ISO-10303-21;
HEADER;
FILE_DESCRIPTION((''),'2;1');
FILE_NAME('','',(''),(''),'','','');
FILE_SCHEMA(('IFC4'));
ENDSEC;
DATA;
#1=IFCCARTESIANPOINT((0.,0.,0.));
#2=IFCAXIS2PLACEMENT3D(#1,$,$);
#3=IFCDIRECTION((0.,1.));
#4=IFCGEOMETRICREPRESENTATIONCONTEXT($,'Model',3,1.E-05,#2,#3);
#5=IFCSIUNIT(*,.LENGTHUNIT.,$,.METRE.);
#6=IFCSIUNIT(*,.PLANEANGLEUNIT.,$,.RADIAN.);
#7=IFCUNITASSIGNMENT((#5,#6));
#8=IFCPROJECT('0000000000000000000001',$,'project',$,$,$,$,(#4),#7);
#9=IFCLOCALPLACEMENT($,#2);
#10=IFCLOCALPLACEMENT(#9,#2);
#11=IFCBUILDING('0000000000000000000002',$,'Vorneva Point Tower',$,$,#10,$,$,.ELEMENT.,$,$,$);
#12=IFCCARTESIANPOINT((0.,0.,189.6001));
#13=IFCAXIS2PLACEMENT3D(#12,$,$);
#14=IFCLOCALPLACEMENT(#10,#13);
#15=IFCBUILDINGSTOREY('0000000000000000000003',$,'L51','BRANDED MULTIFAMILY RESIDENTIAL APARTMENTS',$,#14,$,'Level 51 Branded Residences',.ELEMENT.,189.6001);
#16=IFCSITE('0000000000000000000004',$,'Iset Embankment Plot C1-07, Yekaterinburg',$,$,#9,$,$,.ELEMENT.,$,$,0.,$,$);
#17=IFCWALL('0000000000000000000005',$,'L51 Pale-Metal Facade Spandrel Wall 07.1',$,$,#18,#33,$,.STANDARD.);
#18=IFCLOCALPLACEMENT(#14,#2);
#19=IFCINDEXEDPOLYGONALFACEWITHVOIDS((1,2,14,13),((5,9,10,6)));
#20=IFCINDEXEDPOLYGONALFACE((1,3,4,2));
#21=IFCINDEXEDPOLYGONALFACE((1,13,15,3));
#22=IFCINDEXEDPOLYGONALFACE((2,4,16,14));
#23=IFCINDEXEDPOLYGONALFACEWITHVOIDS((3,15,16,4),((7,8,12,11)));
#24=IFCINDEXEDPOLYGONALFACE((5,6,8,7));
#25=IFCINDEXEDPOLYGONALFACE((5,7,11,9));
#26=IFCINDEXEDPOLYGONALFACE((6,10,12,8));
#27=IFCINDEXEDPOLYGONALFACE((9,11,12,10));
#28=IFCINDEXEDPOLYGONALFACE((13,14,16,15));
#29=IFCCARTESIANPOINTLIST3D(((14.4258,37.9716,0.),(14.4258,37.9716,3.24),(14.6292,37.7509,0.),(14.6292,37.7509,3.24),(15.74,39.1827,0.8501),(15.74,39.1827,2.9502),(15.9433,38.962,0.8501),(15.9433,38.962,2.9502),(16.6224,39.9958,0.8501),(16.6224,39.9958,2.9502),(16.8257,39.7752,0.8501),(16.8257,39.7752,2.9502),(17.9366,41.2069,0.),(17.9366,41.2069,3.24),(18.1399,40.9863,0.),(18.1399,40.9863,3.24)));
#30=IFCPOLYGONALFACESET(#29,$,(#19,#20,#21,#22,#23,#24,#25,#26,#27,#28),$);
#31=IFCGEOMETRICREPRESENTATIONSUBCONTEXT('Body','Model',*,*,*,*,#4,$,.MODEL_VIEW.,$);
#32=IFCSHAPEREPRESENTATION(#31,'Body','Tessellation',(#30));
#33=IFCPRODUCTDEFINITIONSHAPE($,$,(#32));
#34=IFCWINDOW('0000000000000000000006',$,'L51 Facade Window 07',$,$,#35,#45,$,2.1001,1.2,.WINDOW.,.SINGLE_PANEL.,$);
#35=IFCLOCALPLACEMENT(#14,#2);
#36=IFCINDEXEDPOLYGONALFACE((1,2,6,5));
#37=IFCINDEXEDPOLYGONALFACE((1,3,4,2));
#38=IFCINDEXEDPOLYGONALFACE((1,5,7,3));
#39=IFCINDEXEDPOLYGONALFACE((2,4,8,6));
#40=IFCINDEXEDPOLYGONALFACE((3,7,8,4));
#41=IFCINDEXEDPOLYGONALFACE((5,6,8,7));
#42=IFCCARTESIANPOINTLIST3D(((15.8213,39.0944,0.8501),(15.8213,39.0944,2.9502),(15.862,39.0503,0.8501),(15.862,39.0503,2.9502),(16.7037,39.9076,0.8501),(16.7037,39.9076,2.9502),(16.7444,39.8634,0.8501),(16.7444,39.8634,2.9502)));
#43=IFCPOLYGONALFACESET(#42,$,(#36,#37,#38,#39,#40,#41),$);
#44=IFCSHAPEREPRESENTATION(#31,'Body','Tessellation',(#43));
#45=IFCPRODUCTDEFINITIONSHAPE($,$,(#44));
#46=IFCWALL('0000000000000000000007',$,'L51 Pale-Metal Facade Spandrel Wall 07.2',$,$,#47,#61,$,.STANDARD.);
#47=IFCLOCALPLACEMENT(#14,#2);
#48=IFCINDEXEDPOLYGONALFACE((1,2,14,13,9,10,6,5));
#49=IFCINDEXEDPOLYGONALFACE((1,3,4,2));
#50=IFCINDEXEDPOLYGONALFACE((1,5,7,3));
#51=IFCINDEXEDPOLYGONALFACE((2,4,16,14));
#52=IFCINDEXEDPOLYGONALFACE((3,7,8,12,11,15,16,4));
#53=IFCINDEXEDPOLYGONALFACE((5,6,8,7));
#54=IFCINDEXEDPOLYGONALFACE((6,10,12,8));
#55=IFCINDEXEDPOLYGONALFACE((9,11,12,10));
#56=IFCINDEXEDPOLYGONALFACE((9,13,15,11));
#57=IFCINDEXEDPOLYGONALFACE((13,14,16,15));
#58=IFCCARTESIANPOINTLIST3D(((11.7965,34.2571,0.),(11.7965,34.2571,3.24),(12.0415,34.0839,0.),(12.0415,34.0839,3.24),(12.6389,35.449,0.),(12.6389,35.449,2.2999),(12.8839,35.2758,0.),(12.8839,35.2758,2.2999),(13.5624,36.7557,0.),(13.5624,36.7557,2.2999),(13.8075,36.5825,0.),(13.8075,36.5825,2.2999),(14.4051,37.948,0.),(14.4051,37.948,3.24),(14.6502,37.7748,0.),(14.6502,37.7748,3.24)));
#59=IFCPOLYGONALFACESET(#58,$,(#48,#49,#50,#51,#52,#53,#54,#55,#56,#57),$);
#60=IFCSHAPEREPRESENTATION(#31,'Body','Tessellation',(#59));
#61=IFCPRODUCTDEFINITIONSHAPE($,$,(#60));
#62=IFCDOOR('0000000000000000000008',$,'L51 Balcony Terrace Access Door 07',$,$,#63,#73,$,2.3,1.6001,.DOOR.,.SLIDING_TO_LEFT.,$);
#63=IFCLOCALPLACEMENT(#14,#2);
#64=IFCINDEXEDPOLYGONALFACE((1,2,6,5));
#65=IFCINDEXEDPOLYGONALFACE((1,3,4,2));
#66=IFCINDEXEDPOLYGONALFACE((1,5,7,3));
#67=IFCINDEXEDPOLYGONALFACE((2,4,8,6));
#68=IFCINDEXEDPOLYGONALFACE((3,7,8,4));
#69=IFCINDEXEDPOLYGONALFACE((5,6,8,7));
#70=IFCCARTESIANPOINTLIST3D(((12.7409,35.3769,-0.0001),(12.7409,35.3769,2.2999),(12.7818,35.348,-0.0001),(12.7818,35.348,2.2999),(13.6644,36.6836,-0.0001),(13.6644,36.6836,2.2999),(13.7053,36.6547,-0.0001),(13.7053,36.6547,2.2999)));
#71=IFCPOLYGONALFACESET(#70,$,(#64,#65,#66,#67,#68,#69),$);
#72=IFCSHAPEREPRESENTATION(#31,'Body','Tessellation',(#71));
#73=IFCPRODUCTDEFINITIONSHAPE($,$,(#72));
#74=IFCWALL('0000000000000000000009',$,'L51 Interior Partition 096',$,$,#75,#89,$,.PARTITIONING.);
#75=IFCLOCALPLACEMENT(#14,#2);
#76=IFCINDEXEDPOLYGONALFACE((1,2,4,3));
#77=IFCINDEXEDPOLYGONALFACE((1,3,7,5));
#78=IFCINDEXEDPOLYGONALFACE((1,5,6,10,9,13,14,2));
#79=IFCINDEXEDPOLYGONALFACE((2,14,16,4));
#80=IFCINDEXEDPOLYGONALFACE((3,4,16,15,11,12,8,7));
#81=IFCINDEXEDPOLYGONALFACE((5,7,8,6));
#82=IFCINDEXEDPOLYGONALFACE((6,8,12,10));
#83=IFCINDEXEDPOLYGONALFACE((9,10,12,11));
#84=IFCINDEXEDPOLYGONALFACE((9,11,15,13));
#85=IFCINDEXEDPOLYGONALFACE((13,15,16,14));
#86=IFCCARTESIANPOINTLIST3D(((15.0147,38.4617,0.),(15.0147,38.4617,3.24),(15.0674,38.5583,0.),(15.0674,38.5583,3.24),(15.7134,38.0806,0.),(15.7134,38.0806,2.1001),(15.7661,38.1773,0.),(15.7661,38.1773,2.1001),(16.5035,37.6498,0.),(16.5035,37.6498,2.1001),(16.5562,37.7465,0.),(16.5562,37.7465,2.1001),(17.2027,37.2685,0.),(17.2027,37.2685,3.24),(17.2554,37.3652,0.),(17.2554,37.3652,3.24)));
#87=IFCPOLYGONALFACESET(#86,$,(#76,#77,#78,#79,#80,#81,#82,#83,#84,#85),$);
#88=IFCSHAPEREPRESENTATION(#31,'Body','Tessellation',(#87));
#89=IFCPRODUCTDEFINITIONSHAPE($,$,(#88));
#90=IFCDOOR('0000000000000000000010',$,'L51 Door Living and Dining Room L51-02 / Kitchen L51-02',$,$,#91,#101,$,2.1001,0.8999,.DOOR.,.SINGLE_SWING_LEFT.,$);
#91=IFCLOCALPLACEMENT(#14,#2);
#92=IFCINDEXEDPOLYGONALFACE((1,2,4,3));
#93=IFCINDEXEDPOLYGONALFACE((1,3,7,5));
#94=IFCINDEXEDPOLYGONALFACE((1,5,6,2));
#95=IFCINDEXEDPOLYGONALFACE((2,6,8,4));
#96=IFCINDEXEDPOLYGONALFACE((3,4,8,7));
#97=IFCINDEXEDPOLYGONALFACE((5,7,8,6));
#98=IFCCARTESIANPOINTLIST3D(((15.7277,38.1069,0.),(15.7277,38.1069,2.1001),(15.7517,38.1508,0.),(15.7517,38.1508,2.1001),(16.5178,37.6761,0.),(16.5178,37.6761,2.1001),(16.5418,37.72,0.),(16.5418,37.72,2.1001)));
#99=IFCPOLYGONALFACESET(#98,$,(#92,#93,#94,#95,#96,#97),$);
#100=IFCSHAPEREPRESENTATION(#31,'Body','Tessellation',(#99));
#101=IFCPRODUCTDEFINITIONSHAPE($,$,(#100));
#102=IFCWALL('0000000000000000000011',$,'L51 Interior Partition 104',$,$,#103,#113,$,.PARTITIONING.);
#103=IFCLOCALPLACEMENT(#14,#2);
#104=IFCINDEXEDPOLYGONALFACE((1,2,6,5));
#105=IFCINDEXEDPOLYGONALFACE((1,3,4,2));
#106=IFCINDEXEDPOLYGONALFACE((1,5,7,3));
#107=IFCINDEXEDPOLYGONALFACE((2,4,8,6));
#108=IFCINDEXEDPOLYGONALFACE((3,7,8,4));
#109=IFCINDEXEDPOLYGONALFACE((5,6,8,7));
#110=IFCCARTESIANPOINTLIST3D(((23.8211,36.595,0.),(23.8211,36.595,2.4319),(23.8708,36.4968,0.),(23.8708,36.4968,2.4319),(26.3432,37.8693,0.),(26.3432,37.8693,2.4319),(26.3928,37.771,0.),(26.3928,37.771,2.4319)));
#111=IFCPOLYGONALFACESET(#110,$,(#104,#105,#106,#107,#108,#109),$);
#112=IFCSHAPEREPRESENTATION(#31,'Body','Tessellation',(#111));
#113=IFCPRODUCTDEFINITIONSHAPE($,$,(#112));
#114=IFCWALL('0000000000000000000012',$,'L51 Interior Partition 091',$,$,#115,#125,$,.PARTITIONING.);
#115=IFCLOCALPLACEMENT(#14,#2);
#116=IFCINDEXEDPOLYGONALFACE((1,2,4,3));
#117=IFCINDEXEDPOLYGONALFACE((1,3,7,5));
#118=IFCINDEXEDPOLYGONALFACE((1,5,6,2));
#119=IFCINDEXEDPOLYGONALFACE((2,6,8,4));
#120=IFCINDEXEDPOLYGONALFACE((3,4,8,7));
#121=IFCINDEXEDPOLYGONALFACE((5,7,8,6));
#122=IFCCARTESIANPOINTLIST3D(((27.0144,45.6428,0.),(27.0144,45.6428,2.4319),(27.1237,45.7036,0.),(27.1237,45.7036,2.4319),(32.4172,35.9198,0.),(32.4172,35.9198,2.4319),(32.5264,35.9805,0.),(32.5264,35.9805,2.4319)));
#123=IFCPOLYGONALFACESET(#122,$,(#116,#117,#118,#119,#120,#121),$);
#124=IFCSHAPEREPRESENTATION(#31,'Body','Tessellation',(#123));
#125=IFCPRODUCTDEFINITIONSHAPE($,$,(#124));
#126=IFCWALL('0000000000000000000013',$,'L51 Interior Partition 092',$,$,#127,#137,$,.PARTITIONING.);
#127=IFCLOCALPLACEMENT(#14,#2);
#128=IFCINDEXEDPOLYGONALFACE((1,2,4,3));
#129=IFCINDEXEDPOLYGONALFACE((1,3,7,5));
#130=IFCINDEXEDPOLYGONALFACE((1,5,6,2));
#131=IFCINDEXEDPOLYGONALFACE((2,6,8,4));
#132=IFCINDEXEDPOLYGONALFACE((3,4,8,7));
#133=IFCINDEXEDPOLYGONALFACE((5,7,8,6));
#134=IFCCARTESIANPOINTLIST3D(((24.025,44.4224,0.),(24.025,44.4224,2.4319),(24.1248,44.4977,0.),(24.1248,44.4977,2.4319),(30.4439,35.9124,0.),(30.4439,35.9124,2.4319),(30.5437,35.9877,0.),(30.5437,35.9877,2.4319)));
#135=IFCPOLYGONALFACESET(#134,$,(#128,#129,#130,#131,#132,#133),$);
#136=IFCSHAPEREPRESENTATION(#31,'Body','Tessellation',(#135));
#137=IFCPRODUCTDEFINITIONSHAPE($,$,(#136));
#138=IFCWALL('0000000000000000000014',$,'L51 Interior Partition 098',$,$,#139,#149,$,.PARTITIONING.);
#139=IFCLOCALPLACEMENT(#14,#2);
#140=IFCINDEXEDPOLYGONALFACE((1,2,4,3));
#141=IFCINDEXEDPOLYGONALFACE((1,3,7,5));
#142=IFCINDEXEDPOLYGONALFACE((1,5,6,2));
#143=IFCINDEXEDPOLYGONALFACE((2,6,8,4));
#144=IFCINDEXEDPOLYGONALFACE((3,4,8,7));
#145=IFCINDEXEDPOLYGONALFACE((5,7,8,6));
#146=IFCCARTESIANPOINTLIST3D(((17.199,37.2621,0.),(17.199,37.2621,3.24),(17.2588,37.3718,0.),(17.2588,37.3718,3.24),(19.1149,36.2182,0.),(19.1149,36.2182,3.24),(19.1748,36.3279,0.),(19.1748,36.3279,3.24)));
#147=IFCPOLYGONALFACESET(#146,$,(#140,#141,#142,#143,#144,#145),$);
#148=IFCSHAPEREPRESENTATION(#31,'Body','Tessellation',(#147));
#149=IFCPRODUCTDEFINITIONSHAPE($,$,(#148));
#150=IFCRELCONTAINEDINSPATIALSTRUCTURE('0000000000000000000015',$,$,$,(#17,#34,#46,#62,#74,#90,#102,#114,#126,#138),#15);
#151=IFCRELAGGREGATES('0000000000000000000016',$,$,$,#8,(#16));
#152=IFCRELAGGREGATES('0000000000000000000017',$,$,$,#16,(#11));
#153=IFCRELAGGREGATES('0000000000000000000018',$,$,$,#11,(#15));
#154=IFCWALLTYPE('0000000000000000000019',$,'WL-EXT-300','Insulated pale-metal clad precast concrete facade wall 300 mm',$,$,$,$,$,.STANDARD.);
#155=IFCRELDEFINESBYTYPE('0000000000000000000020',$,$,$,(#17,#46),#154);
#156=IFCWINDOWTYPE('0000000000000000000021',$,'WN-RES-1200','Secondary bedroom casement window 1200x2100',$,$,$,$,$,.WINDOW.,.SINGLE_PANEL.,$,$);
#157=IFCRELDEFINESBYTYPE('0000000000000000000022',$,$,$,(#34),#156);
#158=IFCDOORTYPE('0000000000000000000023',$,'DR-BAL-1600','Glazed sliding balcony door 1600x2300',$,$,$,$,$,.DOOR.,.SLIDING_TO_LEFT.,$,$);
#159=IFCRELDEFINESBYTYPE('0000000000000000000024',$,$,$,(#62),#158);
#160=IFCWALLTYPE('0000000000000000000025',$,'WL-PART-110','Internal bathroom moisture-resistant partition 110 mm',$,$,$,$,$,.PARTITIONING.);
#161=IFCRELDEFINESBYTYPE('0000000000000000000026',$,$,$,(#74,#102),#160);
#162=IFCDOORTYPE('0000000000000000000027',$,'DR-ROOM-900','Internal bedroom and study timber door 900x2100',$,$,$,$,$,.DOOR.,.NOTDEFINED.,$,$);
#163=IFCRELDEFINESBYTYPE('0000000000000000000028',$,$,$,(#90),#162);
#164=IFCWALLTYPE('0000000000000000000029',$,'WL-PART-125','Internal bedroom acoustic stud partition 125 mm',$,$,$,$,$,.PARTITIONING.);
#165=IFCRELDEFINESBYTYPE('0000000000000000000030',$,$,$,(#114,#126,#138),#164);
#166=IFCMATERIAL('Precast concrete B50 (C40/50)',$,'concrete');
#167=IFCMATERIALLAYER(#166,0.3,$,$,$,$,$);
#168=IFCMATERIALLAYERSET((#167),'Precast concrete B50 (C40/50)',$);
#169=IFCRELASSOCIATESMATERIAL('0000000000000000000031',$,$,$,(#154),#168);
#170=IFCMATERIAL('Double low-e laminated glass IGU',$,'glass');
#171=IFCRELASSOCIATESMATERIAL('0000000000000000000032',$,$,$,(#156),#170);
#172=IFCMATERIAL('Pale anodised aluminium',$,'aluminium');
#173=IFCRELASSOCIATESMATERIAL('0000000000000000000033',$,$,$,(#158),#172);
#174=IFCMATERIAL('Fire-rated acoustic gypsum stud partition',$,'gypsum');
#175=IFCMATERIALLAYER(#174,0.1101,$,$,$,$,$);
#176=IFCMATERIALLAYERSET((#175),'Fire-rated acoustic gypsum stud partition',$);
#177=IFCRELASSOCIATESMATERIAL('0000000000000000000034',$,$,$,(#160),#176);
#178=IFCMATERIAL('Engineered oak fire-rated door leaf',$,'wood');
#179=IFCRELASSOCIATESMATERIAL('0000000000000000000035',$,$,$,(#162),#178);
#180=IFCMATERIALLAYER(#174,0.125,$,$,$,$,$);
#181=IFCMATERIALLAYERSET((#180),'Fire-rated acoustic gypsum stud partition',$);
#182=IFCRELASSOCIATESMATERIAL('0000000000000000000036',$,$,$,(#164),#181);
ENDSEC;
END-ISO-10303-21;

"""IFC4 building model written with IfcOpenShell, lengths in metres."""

from ifc_helpers import new_model, si_unit, direction, frame, frame_2d, origin, place, context, subcontext, project, spatial, rectangle, extrude, material, layer, layer_set, type_object, element, fill, save


model = new_model("IFC4")

# Units and contexts
model_context = context("Model", 3, precision=1e-05, world=origin(), true_north=direction((0.0, 1.0)))
body_context = subcontext(model_context, "Body", "Model", "MODEL_VIEW")
ifc_project = project(units=[si_unit("LENGTHUNIT", "METRE"), si_unit("PLANEANGLEUNIT", "RADIAN")], contexts=[model_context])

# Site, building, storey
site_placement = place(None, origin())
site = spatial("IfcSite", under=ifc_project, at=site_placement, Name="Iset Embankment Plot C1-07, Yekaterinburg", CompositionType="ELEMENT", RefElevation=0.0)
building_placement = place(site_placement, origin())
building = spatial("IfcBuilding", under=site, at=building_placement, Name="Vorneva Point Tower", CompositionType="ELEMENT")
storey_placement = place(building_placement, frame((0.0, 0.0, 189.6001)))
storey = spatial("IfcBuildingStorey", under=building, at=storey_placement, Name="L51", Description="BRANDED MULTIFAMILY RESIDENTIAL APARTMENTS", LongName="Level 51 Branded Residences", CompositionType="ELEMENT", Elevation=189.6001)

# Shared definitions
ifc_material_1 = material(Name="Pale anodised aluminium", Category="aluminium")
ifc_material_2 = material(Name="Double low-e laminated glass IGU", Category="glass")

# Wall, opening, window
ifc_material_3 = material(Name="Precast concrete B50 (C40/50)", Category="concrete")
ifc_layer_1 = layer(ifc_material_3, 0.3)
ifc_layer_set_1 = layer_set([ifc_layer_1], Name="Precast concrete B50 (C40/50)")
wall_type_1 = type_object("IfcWallType", Name="WL-EXT-300", Description="Insulated pale-metal clad precast concrete facade wall 300 mm", PredefinedType="STANDARD", material=ifc_layer_set_1)
wall_1_placement = place(storey_placement, frame((18.0383, 41.0967, 0.0), z_axis=(0.0, 0.0, 1.0), x_axis=(-0.73536, -0.677677, 0.0)))
wall_1 = element("IfcWall", 1, at=wall_1_placement, inside=storey, type_object=wall_type_1, Name="L51 Pale-Metal Facade Spandrel Wall 07.1", PredefinedType="STANDARD", context=body_context, shape_type="SweptSolid", body=[
    extrude(rectangle(XDim=4.7742, YDim=0.3, at=frame_2d((2.3872, 0.0))), origin(), (0.0, 0.0, 1.0), 3.24),
])
opening_1_placement = place(wall_1_placement, frame((1.7871, 0.0, 0.8501)))
opening_1 = element("IfcOpeningElement", 2, at=opening_1_placement, cuts=wall_1, PredefinedType="OPENING", context=body_context, shape_type="SweptSolid", body=[
    extrude(rectangle(XDim=1.2, YDim=2.1001, at=frame_2d((0.6001, 1.05))), frame((0.0, 0.165, 0.0), z_axis=(0.0, -1.0, 0.0), x_axis=(1.0, 0.0, 0.0)), (0.0, 0.0, 1.0), 0.3298),
])
window_type = type_object("IfcWindowType", Name="WN-RES-1200", Description="Secondary bedroom casement window 1200x2100", PartitioningType="SINGLE_PANEL", PredefinedType="WINDOW", material=ifc_material_2)
window_placement = place(opening_1_placement, origin())
window = element("IfcWindow", 3, at=window_placement, inside=storey, type_object=window_type, Name="L51 Facade Window 07", OverallHeight=2.1001, OverallWidth=1.2, PartitioningType="SINGLE_PANEL", PredefinedType="WINDOW", context=body_context, shape_type="SweptSolid", body=[
    extrude(rectangle(XDim=1.2, YDim=2.1001, at=frame_2d((0.6001, 1.05))), frame((0.0, 0.03, 0.0), z_axis=(0.0, -1.0, 0.0), x_axis=(1.0, 0.0, 0.0)), (0.0, 0.0, 1.0), 0.0601),
])
fill(opening_1, window)

# Walls, openings, doors
wall_2_placement = place(storey_placement, frame((14.5276, 37.8613, 0.0), z_axis=(0.0, 0.0, 1.0), x_axis=(-0.577169, -0.816625, 0.0)))
wall_2 = element("IfcWall", 4, at=wall_2_placement, inside=storey, type_object=wall_type_1, Name="L51 Pale-Metal Facade Spandrel Wall 07.2", PredefinedType="STANDARD", context=body_context, shape_type="SweptSolid", body=[
    extrude(rectangle(XDim=4.5198, YDim=0.3, at=frame_2d((2.2598, 0.0))), origin(), (0.0, 0.0, 1.0), 3.24),
])
opening_2_placement = place(wall_2_placement, frame((1.46, 0.0, 0.0)))
opening_2 = element("IfcOpeningElement", 5, at=opening_2_placement, cuts=wall_2, PredefinedType="OPENING", context=body_context, shape_type="SweptSolid", body=[
    extrude(rectangle(XDim=1.6001, YDim=2.3, at=frame_2d((0.8, 1.1499))), frame((0.0, 0.165, 0.0), z_axis=(0.0, -1.0, 0.0), x_axis=(1.0, 0.0, 0.0)), (0.0, 0.0, 1.0), 0.3298),
])
door_type_1 = type_object("IfcDoorType", Name="DR-BAL-1600", Description="Glazed sliding balcony door 1600x2300", OperationType="SLIDING_TO_LEFT", PredefinedType="DOOR", material=ifc_material_1)
door_1_placement = place(opening_2_placement, origin())
door_1 = element("IfcDoor", 6, at=door_1_placement, inside=storey, type_object=door_type_1, Name="L51 Balcony Terrace Access Door 07", OperationType="SLIDING_TO_LEFT", OverallHeight=2.3, OverallWidth=1.6001, PredefinedType="DOOR", context=body_context, shape_type="SweptSolid", body=[
    extrude(rectangle(XDim=1.6001, YDim=2.3, at=frame_2d((0.8, 1.1499))), frame((0.0, 0.0249, 0.0), z_axis=(0.0, -1.0, 0.0), x_axis=(1.0, 0.0, 0.0)), (0.0, 0.0, 1.0), 0.05),
])
fill(opening_2, door_1)
ifc_material_4 = material(Name="Fire-rated acoustic gypsum stud partition", Category="gypsum")
ifc_layer_2 = layer(ifc_material_4, 0.1101)
ifc_layer_set_2 = layer_set([ifc_layer_2], Name="Fire-rated acoustic gypsum stud partition")
wall_type_2 = type_object("IfcWallType", Name="WL-PART-110", Description="Internal bathroom moisture-resistant partition 110 mm", PredefinedType="PARTITIONING", material=ifc_layer_set_2)
wall_3_placement = place(storey_placement, frame((15.041, 38.51, 0.0), z_axis=(0.0, 0.0, 1.0), x_axis=(0.877952, -0.478749, 0.0)))
wall_3 = element("IfcWall", 7, at=wall_3_placement, inside=storey, type_object=wall_type_2, Name="L51 Interior Partition 096", PredefinedType="PARTITIONING", context=body_context, shape_type="SweptSolid", body=[
    extrude(rectangle(XDim=2.4922, YDim=0.1101, at=frame_2d((1.2461, 0.0))), origin(), (0.0, 0.0, 1.0), 3.24),
])
opening_3_placement = place(wall_3_placement, frame((0.7959, 0.0, 0.0)))
opening_3 = element("IfcOpeningElement", 8, at=opening_3_placement, cuts=wall_3, PredefinedType="OPENING", context=body_context, shape_type="SweptSolid", body=[
    extrude(rectangle(XDim=0.8999, YDim=2.1001, at=frame_2d((0.45, 1.05))), frame((0.0, 0.0698, 0.0), z_axis=(0.0, -1.0, 0.0), x_axis=(1.0, 0.0, 0.0)), (0.0, 0.0, 1.0), 0.1399),
])
ifc_material_5 = material(Name="Engineered oak fire-rated door leaf", Category="wood")
door_type_2 = type_object("IfcDoorType", Name="DR-ROOM-900", Description="Internal bedroom and study timber door 900x2100", OperationType="NOTDEFINED", PredefinedType="DOOR", material=ifc_material_5)
door_2_placement = place(opening_3_placement, origin())
door_2 = element("IfcDoor", 9, at=door_2_placement, inside=storey, type_object=door_type_2, Name="L51 Door Living and Dining Room L51-02 / Kitchen L51-02", OperationType="SINGLE_SWING_LEFT", OverallHeight=2.1001, OverallWidth=0.8999, PredefinedType="DOOR", context=body_context, shape_type="SweptSolid", body=[
    extrude(rectangle(XDim=0.8999, YDim=2.1001, at=frame_2d((0.45, 1.05))), frame((0.0, 0.0249, 0.0), z_axis=(0.0, -1.0, 0.0), x_axis=(1.0, 0.0, 0.0)), (0.0, 0.0, 1.0), 0.05),
])
fill(opening_3, door_2)

# Walls
wall_4_placement = place(storey_placement, frame((23.8459, 36.5459, 0.0), z_axis=(0.0, 0.0, 1.0), x_axis=(0.892553, 0.450942, 0.0)))
element("IfcWall", 10, at=wall_4_placement, inside=storey, type_object=wall_type_2, Name="L51 Interior Partition 104", PredefinedType="PARTITIONING", context=body_context, shape_type="SweptSolid", body=[
    extrude(rectangle(XDim=2.8257, YDim=0.1101, at=frame_2d((1.4128, 0.0))), origin(), (0.0, 0.0, 1.0), 2.4319),
])
ifc_layer_3 = layer(ifc_material_4, 0.125)
ifc_layer_set_3 = layer_set([ifc_layer_3], Name="Fire-rated acoustic gypsum stud partition")
wall_type_3 = type_object("IfcWallType", Name="WL-PART-125", Description="Internal bedroom acoustic stud partition 125 mm", PredefinedType="PARTITIONING", material=ifc_layer_set_3)
wall_5_placement = place(storey_placement, frame((27.0691, 45.6731, 0.0), z_axis=(0.0, 0.0, 1.0), x_axis=(0.485717, -0.874116, 0.0)))
element("IfcWall", 11, at=wall_5_placement, inside=storey, type_object=wall_type_3, Name="L51 Interior Partition 091", PredefinedType="PARTITIONING", context=body_context, shape_type="SweptSolid", body=[
    extrude(rectangle(XDim=11.1233, YDim=0.125, at=frame_2d((5.5615, 0.0))), origin(), (0.0, 0.0, 1.0), 2.4319),
])
wall_6_placement = place(storey_placement, frame((24.075, 44.46, 0.0), z_axis=(0.0, 0.0, 1.0), x_axis=(0.602186, -0.798356, 0.0)))
element("IfcWall", 12, at=wall_6_placement, inside=storey, type_object=wall_type_3, Name="L51 Interior Partition 092", PredefinedType="PARTITIONING", context=body_context, shape_type="SweptSolid", body=[
    extrude(rectangle(XDim=10.6594, YDim=0.125, at=frame_2d((5.3296, 0.0))), origin(), (0.0, 0.0, 1.0), 2.4319),
])
wall_7_placement = place(storey_placement, frame((17.229, 37.3169, 0.0), z_axis=(0.0, 0.0, 1.0), x_axis=(0.878118, -0.478444, 0.0)))
element("IfcWall", 13, at=wall_7_placement, inside=storey, type_object=wall_type_3, Name="L51 Interior Partition 098", PredefinedType="PARTITIONING", context=body_context, shape_type="SweptSolid", body=[
    extrude(rectangle(XDim=2.1819, YDim=0.125, at=frame_2d((1.0908, 0.0))), origin(), (0.0, 0.0, 1.0), 3.24),
])

save(model, "model.ifc")
